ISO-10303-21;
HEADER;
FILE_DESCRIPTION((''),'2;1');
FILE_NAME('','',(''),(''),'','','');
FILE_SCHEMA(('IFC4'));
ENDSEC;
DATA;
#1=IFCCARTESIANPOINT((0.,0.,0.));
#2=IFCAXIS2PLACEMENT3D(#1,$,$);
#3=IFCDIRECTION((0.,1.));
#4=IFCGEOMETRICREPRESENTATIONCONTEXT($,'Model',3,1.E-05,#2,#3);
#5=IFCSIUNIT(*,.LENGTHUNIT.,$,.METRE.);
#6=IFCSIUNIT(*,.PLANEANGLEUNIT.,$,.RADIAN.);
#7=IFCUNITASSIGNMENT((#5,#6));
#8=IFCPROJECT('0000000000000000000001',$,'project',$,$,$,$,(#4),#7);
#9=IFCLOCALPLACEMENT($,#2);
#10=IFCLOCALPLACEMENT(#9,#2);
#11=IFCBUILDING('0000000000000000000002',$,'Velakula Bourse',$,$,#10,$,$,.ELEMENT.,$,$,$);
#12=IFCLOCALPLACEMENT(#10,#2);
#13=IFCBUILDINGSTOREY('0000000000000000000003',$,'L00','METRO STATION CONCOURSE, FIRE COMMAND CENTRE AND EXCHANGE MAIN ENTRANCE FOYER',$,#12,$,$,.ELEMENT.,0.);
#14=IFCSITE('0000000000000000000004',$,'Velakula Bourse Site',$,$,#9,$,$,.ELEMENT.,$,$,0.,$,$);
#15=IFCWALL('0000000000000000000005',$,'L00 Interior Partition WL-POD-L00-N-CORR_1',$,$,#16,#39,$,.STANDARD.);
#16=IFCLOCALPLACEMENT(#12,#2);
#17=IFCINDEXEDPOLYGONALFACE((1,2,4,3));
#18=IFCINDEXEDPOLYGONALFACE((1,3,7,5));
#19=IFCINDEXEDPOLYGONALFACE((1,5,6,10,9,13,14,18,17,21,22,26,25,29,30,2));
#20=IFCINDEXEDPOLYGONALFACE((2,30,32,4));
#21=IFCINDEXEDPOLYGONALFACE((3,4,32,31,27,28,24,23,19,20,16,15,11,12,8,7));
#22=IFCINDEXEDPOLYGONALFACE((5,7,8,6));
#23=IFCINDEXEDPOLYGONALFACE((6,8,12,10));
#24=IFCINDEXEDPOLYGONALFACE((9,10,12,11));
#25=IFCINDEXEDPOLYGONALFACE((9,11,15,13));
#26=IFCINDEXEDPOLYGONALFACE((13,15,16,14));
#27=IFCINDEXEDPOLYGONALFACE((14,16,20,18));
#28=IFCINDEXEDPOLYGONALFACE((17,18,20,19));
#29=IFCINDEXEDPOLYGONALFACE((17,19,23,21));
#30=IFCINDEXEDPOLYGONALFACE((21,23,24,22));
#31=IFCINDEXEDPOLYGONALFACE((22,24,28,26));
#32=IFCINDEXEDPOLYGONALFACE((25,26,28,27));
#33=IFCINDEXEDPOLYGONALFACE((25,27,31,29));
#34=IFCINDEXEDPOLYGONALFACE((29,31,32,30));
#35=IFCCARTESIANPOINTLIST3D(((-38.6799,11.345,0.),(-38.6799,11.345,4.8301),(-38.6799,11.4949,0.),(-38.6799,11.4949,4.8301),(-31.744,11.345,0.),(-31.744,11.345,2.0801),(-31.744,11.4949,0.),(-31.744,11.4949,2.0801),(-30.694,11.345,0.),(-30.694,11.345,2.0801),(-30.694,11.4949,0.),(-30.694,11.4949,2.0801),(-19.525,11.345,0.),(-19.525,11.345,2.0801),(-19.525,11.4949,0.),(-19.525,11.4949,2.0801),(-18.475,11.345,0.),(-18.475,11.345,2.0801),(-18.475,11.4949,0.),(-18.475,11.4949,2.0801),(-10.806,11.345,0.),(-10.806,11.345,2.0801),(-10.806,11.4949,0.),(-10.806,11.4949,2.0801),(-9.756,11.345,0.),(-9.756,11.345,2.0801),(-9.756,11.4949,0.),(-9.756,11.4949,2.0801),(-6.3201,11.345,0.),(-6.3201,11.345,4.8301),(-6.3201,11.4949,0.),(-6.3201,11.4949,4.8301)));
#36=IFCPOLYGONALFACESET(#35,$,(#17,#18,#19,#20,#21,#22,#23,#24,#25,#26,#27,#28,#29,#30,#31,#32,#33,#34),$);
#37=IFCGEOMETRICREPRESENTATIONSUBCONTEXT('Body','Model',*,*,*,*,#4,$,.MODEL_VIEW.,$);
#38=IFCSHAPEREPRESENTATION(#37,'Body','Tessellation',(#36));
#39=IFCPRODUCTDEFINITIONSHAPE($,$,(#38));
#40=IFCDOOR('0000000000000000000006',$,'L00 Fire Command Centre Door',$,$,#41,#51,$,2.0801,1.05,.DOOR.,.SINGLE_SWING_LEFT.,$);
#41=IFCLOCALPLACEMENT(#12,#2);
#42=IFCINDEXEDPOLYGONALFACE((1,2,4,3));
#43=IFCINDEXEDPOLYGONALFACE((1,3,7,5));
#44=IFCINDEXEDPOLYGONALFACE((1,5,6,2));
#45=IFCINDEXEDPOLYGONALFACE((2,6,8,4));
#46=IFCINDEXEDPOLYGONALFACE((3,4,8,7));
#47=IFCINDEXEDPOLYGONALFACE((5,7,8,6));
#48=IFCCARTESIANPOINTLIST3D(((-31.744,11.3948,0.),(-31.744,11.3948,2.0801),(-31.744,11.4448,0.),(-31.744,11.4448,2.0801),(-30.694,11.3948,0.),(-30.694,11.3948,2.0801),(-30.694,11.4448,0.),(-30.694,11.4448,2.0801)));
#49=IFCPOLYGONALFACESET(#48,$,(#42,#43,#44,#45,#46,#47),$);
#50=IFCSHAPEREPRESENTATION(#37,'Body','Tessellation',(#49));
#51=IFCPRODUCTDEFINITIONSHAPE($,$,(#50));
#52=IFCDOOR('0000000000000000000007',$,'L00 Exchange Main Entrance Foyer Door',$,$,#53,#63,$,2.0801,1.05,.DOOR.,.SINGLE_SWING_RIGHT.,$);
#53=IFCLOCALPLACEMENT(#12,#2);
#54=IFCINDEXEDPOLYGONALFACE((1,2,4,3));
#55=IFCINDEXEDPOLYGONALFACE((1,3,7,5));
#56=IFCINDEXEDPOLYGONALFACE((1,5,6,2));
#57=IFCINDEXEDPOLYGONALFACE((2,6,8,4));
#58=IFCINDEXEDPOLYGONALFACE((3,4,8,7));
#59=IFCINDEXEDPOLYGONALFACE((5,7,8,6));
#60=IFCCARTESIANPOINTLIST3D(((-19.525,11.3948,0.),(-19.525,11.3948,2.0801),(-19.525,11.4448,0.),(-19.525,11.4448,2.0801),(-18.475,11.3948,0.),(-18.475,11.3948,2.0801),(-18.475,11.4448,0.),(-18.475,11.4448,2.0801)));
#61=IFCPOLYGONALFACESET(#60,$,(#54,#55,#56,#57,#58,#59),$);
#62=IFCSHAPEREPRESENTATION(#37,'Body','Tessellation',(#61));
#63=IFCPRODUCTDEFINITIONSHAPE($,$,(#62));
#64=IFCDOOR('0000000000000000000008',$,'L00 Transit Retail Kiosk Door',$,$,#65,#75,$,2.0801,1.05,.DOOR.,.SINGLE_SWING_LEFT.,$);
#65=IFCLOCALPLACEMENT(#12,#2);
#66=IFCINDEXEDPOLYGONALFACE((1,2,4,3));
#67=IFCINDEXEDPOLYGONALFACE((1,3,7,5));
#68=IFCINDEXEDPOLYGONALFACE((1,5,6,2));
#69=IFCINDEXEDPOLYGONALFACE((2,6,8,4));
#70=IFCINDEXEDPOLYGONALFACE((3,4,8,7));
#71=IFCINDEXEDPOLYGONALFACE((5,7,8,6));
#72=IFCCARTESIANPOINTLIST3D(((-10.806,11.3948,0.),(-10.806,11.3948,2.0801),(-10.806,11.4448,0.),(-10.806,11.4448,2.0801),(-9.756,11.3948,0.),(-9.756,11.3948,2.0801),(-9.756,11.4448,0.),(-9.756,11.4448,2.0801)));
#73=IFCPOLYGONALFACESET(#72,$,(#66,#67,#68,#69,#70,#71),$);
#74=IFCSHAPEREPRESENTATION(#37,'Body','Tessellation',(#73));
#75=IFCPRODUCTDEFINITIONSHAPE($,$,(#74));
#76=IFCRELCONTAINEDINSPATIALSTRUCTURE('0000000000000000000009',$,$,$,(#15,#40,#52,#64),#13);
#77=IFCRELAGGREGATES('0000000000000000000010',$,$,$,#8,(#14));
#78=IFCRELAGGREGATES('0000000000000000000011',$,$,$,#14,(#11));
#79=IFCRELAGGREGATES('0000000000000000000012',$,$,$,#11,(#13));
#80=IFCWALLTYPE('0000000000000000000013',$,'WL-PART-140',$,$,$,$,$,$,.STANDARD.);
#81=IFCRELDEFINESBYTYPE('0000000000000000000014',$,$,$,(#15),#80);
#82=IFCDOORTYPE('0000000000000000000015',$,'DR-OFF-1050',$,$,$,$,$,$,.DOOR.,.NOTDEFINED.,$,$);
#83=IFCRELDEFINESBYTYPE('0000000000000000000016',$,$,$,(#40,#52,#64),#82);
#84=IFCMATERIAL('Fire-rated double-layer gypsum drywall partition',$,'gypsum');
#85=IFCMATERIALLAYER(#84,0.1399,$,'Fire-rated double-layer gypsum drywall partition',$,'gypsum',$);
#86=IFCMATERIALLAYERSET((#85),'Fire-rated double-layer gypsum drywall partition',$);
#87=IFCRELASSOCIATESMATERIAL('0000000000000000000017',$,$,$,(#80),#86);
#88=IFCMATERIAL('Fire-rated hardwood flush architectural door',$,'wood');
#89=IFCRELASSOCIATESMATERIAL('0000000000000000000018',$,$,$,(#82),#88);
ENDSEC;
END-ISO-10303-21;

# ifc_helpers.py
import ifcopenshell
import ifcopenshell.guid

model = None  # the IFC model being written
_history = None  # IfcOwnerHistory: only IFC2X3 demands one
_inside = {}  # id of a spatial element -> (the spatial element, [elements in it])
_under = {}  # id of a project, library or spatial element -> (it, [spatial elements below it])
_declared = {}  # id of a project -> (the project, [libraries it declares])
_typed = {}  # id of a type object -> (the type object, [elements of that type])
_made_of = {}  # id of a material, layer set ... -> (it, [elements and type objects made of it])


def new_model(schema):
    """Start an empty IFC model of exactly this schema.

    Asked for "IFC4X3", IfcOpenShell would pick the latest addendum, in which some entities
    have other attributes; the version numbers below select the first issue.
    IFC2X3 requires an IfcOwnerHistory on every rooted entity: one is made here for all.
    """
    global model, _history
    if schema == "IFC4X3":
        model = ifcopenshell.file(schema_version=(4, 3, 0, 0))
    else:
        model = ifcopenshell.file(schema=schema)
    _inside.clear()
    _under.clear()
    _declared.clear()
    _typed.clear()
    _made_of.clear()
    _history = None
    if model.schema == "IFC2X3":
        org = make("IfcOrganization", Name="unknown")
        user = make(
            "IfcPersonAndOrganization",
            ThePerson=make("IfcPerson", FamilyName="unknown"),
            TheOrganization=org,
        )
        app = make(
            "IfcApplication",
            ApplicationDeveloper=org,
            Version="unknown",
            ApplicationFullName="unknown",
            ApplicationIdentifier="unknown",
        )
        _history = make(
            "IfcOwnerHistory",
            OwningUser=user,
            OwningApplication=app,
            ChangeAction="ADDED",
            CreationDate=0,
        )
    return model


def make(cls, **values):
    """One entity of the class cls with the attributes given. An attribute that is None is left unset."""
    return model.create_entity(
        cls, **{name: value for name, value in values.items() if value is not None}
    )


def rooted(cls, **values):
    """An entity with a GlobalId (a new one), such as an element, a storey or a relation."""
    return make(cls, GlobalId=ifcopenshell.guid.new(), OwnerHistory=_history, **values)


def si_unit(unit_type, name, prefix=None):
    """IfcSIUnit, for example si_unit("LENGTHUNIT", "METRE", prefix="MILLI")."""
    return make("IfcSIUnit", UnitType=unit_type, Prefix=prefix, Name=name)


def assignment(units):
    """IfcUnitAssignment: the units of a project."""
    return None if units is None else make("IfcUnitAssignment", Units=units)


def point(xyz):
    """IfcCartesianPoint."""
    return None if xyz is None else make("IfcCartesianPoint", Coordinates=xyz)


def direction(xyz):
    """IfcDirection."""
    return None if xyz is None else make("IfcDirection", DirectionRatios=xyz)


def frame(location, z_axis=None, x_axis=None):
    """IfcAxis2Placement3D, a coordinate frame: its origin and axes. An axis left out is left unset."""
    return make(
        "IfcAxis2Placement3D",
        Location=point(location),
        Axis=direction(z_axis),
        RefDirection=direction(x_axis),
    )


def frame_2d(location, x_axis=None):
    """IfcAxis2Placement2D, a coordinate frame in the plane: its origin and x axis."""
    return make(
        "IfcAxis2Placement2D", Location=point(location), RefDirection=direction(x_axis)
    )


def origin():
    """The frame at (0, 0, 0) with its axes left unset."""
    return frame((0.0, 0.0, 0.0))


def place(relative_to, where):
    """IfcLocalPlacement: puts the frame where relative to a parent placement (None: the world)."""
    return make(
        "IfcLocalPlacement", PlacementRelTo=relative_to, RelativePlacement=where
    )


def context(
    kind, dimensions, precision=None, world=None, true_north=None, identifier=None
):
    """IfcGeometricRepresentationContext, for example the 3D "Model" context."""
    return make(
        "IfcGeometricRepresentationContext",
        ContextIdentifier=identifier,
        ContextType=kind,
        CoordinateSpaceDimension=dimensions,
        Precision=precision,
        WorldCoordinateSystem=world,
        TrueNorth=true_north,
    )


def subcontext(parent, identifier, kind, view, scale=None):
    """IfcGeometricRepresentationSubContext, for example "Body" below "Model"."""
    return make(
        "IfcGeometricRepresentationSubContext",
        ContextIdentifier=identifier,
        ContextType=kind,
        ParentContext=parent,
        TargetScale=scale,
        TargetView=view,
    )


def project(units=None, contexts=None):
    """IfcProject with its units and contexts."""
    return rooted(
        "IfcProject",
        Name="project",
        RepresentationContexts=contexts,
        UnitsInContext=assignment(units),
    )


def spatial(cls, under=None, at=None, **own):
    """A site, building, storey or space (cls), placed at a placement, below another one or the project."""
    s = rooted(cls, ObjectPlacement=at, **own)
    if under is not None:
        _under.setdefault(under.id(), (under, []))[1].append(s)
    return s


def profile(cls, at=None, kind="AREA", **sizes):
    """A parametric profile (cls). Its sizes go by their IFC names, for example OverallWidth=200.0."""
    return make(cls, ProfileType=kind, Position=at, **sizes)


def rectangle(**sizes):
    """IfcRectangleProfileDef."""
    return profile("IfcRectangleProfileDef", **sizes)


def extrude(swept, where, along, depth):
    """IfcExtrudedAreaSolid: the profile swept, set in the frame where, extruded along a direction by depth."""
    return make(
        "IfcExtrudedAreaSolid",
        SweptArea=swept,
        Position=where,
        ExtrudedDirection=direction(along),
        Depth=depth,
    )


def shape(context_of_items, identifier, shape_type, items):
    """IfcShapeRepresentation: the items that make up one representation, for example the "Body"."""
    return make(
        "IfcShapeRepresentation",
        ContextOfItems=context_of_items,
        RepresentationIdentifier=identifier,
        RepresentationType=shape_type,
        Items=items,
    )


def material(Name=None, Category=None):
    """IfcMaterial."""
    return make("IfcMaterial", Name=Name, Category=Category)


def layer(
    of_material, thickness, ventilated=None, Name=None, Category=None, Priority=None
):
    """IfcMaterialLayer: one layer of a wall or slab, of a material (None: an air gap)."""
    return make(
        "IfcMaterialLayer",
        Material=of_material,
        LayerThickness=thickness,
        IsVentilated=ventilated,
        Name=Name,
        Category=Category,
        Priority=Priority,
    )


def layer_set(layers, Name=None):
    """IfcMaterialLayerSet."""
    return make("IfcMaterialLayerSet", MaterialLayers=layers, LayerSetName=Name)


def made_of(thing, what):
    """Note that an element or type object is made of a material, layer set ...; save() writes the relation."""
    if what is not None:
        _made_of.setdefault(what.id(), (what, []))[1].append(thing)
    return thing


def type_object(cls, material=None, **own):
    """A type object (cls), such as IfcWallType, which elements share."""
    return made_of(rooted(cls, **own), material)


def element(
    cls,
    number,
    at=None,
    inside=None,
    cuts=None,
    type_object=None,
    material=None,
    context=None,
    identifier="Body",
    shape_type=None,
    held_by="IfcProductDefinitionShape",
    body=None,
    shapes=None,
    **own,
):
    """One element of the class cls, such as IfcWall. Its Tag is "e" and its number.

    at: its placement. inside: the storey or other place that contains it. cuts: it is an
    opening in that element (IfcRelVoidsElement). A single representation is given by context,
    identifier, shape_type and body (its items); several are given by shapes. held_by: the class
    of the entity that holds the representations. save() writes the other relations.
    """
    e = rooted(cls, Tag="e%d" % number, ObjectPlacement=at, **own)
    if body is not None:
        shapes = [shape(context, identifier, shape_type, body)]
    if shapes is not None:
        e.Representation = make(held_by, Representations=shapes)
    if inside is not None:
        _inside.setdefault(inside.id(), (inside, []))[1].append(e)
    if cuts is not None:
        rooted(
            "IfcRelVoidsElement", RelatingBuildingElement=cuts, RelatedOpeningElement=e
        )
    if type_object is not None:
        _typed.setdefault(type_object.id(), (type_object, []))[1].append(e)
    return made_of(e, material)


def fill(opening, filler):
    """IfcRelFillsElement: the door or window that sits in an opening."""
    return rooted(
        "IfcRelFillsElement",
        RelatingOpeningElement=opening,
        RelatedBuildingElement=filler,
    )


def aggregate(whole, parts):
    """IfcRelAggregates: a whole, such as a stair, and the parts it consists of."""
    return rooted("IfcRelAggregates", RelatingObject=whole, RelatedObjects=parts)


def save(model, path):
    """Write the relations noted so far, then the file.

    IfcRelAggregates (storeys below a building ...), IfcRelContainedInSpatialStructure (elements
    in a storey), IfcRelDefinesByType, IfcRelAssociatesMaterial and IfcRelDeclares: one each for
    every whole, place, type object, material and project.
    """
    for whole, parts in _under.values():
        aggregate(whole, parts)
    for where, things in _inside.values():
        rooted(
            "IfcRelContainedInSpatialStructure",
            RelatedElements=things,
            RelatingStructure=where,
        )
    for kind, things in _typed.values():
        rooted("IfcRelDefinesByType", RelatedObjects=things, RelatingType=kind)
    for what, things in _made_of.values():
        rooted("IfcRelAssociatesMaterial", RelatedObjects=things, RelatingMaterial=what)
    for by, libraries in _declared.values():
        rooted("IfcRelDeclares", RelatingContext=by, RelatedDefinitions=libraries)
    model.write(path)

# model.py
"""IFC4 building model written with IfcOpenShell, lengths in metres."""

from ifc_helpers import new_model, si_unit, direction, frame, frame_2d, origin, place, context, subcontext, project, spatial, rectangle, extrude, material, layer, layer_set, type_object, element, fill, save


model = new_model("IFC4")

# Units and contexts
model_context = context("Model", 3, precision=1e-05, world=origin(), true_north=direction((0.0, 1.0)))
body_context = subcontext(model_context, "Body", "Model", "MODEL_VIEW")
ifc_project = project(units=[si_unit("LENGTHUNIT", "METRE"), si_unit("PLANEANGLEUNIT", "RADIAN")], contexts=[model_context])

# Site, building, storey
site_placement = place(None, origin())
site = spatial("IfcSite", under=ifc_project, at=site_placement, Name="Velakula Bourse Site", CompositionType="ELEMENT", RefElevation=0.0)
building_placement = place(site_placement, origin())
building = spatial("IfcBuilding", under=site, at=building_placement, Name="Velakula Bourse", CompositionType="ELEMENT")
storey_placement = place(building_placement, origin())
storey = spatial("IfcBuildingStorey", under=building, at=storey_placement, Name="L00", Description="METRO STATION CONCOURSE, FIRE COMMAND CENTRE AND EXCHANGE MAIN ENTRANCE FOYER", CompositionType="ELEMENT", Elevation=0.0)

# Wall, openings, doors
ifc_material_1 = material(Name="Fire-rated double-layer gypsum drywall partition", Category="gypsum")
ifc_layer = layer(ifc_material_1, 0.1399, Name="Fire-rated double-layer gypsum drywall partition", Category="gypsum")
ifc_layer_set = layer_set([ifc_layer], Name="Fire-rated double-layer gypsum drywall partition")
wall_type = type_object("IfcWallType", Name="WL-PART-140", PredefinedType="STANDARD", material=ifc_layer_set)
wall_placement = place(storey_placement, frame((-38.6799, 11.4199, 0.0), z_axis=(0.0, 0.0, 1.0), x_axis=(1.0, 0.0, 0.0)))
wall = element("IfcWall", 1, at=wall_placement, inside=storey, type_object=wall_type, Name="L00 Interior Partition WL-POD-L00-N-CORR_1", PredefinedType="STANDARD", context=body_context, shape_type="SweptSolid", body=[
    extrude(rectangle(XDim=32.3599, YDim=0.1499, at=frame_2d((16.1799, 0.0))), origin(), (0.0, 0.0, 1.0), 4.8301),
])
opening_1_placement = place(wall_placement, frame((6.936, 0.0, 0.0)))
opening_1 = element("IfcOpeningElement", 2, at=opening_1_placement, cuts=wall, PredefinedType="OPENING", context=body_context, shape_type="SweptSolid", body=[
    extrude(rectangle(XDim=1.05, YDim=2.0801, at=frame_2d((0.5249, 1.04))), frame((0.0, 0.085, 0.0), z_axis=(0.0, -1.0, 0.0), x_axis=(1.0, 0.0, 0.0)), (0.0, 0.0, 1.0), 0.1699),
])
opening_2_placement = place(wall_placement, frame((19.155, 0.0, 0.0)))
opening_2 = element("IfcOpeningElement", 3, at=opening_2_placement, cuts=wall, PredefinedType="OPENING", context=body_context, shape_type="SweptSolid", body=[
    extrude(rectangle(XDim=1.05, YDim=2.0801, at=frame_2d((0.5249, 1.04))), frame((0.0, 0.085, 0.0), z_axis=(0.0, -1.0, 0.0), x_axis=(1.0, 0.0, 0.0)), (0.0, 0.0, 1.0), 0.1699),
])
opening_3_placement = place(wall_placement, frame((27.874, 0.0, 0.0)))
opening_3 = element("IfcOpeningElement", 4, at=opening_3_placement, cuts=wall, PredefinedType="OPENING", context=body_context, shape_type="SweptSolid", body=[
    extrude(rectangle(XDim=1.05, YDim=2.0801, at=frame_2d((0.5249, 1.04))), frame((0.0, 0.085, 0.0), z_axis=(0.0, -1.0, 0.0), x_axis=(1.0, 0.0, 0.0)), (0.0, 0.0, 1.0), 0.1699),
])
ifc_material_2 = material(Name="Fire-rated hardwood flush architectural door", Category="wood")
door_type = type_object("IfcDoorType", Name="DR-OFF-1050", OperationType="NOTDEFINED", PredefinedType="DOOR", material=ifc_material_2)
door_1_placement = place(opening_1_placement, origin())
door_1 = element("IfcDoor", 5, at=door_1_placement, inside=storey, type_object=door_type, Name="L00 Fire Command Centre Door", OperationType="SINGLE_SWING_LEFT", OverallHeight=2.0801, OverallWidth=1.05, PredefinedType="DOOR", context=body_context, shape_type="SweptSolid", body=[
    extrude(rectangle(XDim=1.05, YDim=2.0801, at=frame_2d((0.5249, 1.04))), frame((0.0, 0.0249, 0.0), z_axis=(0.0, -1.0, 0.0), x_axis=(1.0, 0.0, 0.0)), (0.0, 0.0, 1.0), 0.05),
])
fill(opening_1, door_1)
door_2_placement = place(opening_2_placement, origin())
door_2 = element("IfcDoor", 6, at=door_2_placement, inside=storey, type_object=door_type, Name="L00 Exchange Main Entrance Foyer Door", OperationType="SINGLE_SWING_RIGHT", OverallHeight=2.0801, OverallWidth=1.05, PredefinedType="DOOR", context=body_context, shape_type="SweptSolid", body=[
    extrude(rectangle(XDim=1.05, YDim=2.0801, at=frame_2d((0.5249, 1.04))), frame((0.0, 0.0249, 0.0), z_axis=(0.0, -1.0, 0.0), x_axis=(1.0, 0.0, 0.0)), (0.0, 0.0, 1.0), 0.05),
])
fill(opening_2, door_2)
door_3_placement = place(opening_3_placement, origin())
door_3 = element("IfcDoor", 7, at=door_3_placement, inside=storey, type_object=door_type, Name="L00 Transit Retail Kiosk Door", OperationType="SINGLE_SWING_LEFT", OverallHeight=2.0801, OverallWidth=1.05, PredefinedType="DOOR", context=body_context, shape_type="SweptSolid", body=[
    extrude(rectangle(XDim=1.05, YDim=2.0801, at=frame_2d((0.5249, 1.04))), frame((0.0, 0.0249, 0.0), z_axis=(0.0, -1.0, 0.0), x_axis=(1.0, 0.0, 0.0)), (0.0, 0.0, 1.0), 0.05),
])
fill(opening_3, door_3)

save(model, "model.ifc")
